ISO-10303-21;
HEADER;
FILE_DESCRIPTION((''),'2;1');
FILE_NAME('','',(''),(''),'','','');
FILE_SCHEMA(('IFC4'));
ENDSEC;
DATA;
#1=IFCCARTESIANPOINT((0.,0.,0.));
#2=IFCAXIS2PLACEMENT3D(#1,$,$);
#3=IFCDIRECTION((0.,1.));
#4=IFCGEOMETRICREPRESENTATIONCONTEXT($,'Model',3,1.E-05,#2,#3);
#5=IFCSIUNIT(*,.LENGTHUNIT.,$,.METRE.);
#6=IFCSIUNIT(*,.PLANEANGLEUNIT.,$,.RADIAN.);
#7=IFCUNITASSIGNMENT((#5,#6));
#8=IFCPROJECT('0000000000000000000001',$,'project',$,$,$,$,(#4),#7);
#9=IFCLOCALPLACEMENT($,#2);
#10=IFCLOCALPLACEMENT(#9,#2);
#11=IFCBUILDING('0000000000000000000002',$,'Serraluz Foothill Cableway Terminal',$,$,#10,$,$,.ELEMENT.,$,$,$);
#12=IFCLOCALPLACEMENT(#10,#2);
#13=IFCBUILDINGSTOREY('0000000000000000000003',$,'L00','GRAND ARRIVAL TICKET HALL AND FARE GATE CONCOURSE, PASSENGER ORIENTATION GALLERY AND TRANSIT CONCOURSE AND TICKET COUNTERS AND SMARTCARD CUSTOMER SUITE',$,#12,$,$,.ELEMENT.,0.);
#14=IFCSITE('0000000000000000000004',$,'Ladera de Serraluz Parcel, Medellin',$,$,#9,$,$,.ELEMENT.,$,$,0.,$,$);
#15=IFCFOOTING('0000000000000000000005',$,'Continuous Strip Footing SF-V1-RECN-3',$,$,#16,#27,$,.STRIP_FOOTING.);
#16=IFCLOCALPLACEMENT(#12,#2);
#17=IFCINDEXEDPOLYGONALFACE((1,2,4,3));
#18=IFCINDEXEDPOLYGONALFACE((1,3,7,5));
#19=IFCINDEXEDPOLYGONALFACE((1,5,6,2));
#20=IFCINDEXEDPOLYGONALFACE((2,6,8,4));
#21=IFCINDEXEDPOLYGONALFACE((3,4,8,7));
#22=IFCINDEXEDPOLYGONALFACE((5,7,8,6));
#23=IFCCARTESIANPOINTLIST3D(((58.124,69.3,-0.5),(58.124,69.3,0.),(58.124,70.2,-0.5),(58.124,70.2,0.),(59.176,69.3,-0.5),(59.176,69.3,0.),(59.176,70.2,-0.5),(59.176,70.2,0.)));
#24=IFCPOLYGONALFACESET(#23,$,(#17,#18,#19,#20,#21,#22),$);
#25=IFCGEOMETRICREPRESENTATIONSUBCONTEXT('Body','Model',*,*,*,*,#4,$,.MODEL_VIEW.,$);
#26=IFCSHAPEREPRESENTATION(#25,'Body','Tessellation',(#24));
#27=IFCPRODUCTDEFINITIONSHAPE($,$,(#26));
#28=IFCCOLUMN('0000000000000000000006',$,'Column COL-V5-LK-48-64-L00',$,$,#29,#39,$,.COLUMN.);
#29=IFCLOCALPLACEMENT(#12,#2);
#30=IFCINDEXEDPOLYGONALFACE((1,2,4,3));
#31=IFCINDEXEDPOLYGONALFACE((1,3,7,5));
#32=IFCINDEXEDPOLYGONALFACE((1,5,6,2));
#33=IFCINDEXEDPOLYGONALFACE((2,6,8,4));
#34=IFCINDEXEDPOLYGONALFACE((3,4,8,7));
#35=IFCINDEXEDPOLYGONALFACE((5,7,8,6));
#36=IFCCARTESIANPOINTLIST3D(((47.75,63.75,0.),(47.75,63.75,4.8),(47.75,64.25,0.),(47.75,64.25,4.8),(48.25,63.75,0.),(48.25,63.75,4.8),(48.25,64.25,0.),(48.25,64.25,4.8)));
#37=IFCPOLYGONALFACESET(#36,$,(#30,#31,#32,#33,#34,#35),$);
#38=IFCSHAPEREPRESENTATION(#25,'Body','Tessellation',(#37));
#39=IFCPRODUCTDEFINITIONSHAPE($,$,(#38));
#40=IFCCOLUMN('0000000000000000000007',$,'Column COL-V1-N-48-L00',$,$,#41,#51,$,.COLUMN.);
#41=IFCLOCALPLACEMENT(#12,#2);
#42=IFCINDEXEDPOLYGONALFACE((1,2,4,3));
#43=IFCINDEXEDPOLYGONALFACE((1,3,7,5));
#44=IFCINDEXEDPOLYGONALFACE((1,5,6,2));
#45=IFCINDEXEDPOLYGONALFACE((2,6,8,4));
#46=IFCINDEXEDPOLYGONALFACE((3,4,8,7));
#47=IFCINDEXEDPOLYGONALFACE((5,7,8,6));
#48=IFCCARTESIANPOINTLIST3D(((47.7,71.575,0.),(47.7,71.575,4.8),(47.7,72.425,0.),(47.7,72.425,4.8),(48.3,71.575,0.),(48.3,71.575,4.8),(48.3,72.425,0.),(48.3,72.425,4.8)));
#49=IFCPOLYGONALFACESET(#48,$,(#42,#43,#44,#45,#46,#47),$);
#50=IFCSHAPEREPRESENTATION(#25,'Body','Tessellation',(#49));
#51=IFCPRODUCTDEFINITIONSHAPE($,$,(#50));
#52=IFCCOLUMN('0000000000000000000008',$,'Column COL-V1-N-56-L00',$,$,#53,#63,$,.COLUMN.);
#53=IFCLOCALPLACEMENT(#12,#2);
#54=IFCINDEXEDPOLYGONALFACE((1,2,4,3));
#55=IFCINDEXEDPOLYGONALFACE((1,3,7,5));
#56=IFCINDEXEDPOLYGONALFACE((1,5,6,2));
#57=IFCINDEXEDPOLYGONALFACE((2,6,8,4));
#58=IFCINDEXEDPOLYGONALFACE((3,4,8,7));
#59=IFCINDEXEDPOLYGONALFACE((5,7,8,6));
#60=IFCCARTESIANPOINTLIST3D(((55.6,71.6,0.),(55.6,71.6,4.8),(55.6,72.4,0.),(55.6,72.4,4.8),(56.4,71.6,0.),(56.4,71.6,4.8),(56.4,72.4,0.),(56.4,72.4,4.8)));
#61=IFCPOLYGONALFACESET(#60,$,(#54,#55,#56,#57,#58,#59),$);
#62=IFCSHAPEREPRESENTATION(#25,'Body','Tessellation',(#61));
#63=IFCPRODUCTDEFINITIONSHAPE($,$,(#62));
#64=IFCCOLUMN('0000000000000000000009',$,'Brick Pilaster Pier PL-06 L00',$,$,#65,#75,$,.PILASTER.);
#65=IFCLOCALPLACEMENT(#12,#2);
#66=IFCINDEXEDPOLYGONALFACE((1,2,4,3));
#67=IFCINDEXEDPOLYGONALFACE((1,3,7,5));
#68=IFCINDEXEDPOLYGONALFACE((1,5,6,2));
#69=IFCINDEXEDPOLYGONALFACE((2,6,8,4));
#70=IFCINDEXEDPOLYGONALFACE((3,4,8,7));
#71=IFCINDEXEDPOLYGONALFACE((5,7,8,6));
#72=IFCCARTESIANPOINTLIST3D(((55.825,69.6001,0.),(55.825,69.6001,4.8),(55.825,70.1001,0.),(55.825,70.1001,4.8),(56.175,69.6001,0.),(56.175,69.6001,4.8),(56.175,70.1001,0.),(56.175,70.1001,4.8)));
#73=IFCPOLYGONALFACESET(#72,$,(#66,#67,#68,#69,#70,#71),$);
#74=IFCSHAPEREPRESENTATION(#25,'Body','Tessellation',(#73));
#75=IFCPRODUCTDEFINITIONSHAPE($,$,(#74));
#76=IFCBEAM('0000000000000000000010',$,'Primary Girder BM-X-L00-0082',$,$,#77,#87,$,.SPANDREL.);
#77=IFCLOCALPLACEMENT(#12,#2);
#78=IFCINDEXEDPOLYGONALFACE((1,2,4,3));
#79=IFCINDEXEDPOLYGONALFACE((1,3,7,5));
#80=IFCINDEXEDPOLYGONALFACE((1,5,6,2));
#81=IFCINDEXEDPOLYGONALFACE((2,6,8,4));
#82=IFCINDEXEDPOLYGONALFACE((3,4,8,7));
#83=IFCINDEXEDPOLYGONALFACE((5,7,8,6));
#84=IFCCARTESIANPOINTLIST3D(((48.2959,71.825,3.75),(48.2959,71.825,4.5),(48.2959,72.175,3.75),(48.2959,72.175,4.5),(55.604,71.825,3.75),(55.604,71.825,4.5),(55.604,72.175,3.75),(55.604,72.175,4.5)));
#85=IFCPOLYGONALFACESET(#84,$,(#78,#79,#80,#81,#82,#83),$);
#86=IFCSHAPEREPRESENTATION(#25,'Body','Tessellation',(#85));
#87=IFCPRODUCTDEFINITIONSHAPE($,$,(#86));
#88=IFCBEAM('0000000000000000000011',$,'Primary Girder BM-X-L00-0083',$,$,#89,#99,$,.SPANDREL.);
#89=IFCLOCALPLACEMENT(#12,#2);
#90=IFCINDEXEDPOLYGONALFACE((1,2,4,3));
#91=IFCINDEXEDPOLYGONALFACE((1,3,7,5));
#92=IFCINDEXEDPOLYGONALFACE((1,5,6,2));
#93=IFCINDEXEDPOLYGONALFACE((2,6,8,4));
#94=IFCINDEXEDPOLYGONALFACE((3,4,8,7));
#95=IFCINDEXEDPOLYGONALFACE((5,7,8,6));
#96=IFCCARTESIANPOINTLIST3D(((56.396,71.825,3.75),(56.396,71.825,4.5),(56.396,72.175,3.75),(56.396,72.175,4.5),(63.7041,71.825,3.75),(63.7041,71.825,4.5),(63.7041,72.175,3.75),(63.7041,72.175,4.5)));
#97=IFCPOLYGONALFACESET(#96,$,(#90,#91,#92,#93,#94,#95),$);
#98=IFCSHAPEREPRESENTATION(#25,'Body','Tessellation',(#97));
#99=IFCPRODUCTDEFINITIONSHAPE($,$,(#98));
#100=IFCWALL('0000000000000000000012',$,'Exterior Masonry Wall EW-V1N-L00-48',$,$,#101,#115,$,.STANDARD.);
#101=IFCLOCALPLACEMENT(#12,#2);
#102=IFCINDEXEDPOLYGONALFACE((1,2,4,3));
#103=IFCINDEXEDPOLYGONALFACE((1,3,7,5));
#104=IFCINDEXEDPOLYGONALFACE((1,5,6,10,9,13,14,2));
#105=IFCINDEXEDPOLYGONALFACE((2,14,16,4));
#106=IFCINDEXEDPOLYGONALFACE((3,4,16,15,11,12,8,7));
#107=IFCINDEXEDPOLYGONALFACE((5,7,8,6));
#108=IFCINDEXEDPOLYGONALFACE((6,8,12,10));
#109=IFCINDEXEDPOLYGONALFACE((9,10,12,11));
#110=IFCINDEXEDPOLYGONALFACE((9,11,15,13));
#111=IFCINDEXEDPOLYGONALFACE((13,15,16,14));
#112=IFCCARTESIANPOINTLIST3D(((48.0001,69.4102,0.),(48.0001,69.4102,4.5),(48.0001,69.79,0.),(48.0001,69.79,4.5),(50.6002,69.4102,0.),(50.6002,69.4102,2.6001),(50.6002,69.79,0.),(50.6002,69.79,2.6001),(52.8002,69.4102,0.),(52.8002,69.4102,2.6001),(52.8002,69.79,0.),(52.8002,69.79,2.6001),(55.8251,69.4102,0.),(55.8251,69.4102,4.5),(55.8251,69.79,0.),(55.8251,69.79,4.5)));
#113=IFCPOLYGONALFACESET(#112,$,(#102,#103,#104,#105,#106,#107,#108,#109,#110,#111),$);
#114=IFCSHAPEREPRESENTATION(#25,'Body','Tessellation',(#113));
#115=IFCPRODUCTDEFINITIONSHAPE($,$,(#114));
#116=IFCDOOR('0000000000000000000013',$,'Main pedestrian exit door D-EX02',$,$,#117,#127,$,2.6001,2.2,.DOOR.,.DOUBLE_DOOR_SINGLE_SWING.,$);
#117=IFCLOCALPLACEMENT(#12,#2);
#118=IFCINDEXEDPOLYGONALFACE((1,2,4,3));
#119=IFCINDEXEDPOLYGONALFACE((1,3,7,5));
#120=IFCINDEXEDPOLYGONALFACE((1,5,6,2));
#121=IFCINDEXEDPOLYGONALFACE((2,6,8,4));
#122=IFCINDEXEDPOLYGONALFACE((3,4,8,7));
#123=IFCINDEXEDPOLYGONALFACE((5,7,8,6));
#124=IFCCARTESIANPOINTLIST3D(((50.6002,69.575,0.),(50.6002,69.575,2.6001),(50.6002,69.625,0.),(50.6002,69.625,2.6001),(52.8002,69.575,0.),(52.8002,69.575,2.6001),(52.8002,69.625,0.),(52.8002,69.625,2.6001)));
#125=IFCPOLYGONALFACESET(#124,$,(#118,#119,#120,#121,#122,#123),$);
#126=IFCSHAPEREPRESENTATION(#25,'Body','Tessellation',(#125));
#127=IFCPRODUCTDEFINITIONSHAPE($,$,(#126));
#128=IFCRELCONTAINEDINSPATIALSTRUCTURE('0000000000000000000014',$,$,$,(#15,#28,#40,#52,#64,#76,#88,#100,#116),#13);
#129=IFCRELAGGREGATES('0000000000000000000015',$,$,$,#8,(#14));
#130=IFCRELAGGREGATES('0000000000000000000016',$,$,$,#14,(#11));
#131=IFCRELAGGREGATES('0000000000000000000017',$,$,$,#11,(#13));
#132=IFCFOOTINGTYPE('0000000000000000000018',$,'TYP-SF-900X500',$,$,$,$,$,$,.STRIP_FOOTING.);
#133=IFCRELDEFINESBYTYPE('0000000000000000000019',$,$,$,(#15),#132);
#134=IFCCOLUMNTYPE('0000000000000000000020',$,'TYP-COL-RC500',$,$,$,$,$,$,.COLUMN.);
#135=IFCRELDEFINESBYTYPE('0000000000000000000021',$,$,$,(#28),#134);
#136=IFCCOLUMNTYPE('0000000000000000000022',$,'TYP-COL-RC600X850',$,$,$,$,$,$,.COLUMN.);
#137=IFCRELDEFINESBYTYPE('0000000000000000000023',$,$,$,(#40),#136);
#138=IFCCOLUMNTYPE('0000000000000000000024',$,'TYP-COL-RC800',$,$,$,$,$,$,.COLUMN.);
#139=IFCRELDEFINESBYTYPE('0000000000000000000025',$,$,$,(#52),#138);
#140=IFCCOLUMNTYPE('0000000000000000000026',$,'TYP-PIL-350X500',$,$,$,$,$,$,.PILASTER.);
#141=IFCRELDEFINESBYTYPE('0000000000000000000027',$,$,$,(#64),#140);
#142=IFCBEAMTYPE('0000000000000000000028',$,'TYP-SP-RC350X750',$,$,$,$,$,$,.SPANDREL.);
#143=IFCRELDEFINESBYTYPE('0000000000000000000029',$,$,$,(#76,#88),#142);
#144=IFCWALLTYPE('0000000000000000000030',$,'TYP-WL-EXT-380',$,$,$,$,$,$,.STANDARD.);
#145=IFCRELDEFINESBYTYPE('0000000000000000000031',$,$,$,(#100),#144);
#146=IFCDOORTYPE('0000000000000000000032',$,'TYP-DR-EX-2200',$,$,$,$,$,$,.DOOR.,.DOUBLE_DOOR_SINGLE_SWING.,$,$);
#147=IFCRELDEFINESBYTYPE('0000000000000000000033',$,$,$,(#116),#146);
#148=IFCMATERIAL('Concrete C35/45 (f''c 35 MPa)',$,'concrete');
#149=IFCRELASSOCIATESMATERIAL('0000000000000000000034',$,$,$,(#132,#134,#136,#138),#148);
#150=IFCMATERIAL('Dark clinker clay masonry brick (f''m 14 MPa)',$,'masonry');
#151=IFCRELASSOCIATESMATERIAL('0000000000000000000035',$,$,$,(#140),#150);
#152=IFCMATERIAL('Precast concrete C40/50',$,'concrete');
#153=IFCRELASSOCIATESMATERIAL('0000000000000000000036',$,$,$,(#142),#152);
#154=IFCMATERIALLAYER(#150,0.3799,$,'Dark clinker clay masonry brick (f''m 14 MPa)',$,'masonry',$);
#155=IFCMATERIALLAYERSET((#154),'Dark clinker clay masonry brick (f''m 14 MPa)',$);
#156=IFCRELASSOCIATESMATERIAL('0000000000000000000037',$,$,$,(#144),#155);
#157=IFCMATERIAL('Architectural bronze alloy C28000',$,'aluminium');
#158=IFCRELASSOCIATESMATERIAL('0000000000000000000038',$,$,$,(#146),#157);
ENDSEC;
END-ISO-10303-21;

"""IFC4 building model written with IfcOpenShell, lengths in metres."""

from ifc_helpers import new_model, si_unit, direction, frame, frame_2d, origin, origin_2d, place, context, subcontext, project, spatial, rectangle, extrude, material, layer, layer_set, material_profile, profile_set, type_object, element, fill, save


model = new_model("IFC4")

# Units and contexts
model_context = context("Model", 3, precision=1e-05, world=origin(), true_north=direction((0.0, 1.0)))
body_context = subcontext(model_context, "Body", "Model", "MODEL_VIEW")
ifc_project = project(units=[si_unit("LENGTHUNIT", "METRE"), si_unit("PLANEANGLEUNIT", "RADIAN")], contexts=[model_context])

# Site, building, storey
site_placement = place(None, origin())
site = spatial("IfcSite", under=ifc_project, at=site_placement, Name="Ladera de Serraluz Parcel, Medellin", CompositionType="ELEMENT", RefElevation=0.0)
building_placement = place(site_placement, origin())
building = spatial("IfcBuilding", under=site, at=building_placement, Name="Serraluz Foothill Cableway Terminal", CompositionType="ELEMENT")
storey_placement = place(building_placement, origin())
storey = spatial("IfcBuildingStorey", under=building, at=storey_placement, Name="L00", Description="GRAND ARRIVAL TICKET HALL AND FARE GATE CONCOURSE, PASSENGER ORIENTATION GALLERY AND TRANSIT CONCOURSE AND TICKET COUNTERS AND SMARTCARD CUSTOMER SUITE", CompositionType="ELEMENT", Elevation=0.0)

# Shared definitions
ifc_material_1 = material(Name="Concrete C35/45 (f'c 35 MPa)", Category="concrete")

# Footing
ifc_material_profile_1 = material_profile(ifc_material_1, rectangle(XDim=0.8999, YDim=0.5, at=origin_2d()), Name="SF 900x500")
ifc_profile_set_1 = profile_set([ifc_material_profile_1], Name="Concrete C35/45 (f'c 35 MPa)")
footing_type_1 = type_object("IfcFootingType", Name="TYP-SF-900X500", PredefinedType="STRIP_FOOTING", material=ifc_profile_set_1)
footing_1_placement = place(storey_placement, frame((58.124, 69.75, -0.25), z_axis=(1.0, 0.0, 0.0), x_axis=(0.0, 1.0, 0.0)))
element("IfcFooting", 1, at=footing_1_placement, inside=storey, type_object=footing_type_1, Name="Continuous Strip Footing SF-V1-RECN-3", PredefinedType="STRIP_FOOTING", context=body_context, shape_type="SweptSolid", body=[
    extrude(rectangle(XDim=0.8999, YDim=0.5, at=origin_2d()), origin(), (0.0, 0.0, 1.0), 1.052),
])

# Columns
ifc_material_profile_2 = material_profile(ifc_material_1, rectangle(XDim=0.5, YDim=0.5, at=origin_2d()), Name="RC 500x500")
ifc_profile_set_2 = profile_set([ifc_material_profile_2], Name="Concrete C35/45 (f'c 35 MPa)")
column_type_1 = type_object("IfcColumnType", Name="TYP-COL-RC500", PredefinedType="COLUMN", material=ifc_profile_set_2)
column_1_placement = place(storey_placement, frame((48.0, 64.0, 0.0), z_axis=(0.0, 0.0, 1.0), x_axis=(1.0, 0.0, 0.0)))
element("IfcColumn", 2, at=column_1_placement, inside=storey, type_object=column_type_1, Name="Column COL-V5-LK-48-64-L00", PredefinedType="COLUMN", context=body_context, shape_type="SweptSolid", body=[
    extrude(rectangle(XDim=0.5, YDim=0.5, at=origin_2d()), origin(), (0.0, 0.0, 1.0), 4.8),
])
ifc_material_profile_3 = material_profile(ifc_material_1, rectangle(XDim=0.6001, YDim=0.8501, at=origin_2d()), Name="RC 600x850")
ifc_profile_set_3 = profile_set([ifc_material_profile_3], Name="Concrete C35/45 (f'c 35 MPa)")
column_type_2 = type_object("IfcColumnType", Name="TYP-COL-RC600X850", PredefinedType="COLUMN", material=ifc_profile_set_3)
column_2_placement = place(storey_placement, frame((48.0, 72.0, 0.0), z_axis=(0.0, 0.0, 1.0), x_axis=(1.0, 0.0, 0.0)))
element("IfcColumn", 3, at=column_2_placement, inside=storey, type_object=column_type_2, Name="Column COL-V1-N-48-L00", PredefinedType="COLUMN", context=body_context, shape_type="SweptSolid", body=[
    extrude(rectangle(XDim=0.6001, YDim=0.8501, at=origin_2d()), origin(), (0.0, 0.0, 1.0), 4.8),
])
ifc_material_profile_4 = material_profile(ifc_material_1, rectangle(XDim=0.8, YDim=0.8, at=origin_2d()), Name="RC 800x800")
ifc_profile_set_4 = profile_set([ifc_material_profile_4], Name="Concrete C35/45 (f'c 35 MPa)")
column_type_3 = type_object("IfcColumnType", Name="TYP-COL-RC800", PredefinedType="COLUMN", material=ifc_profile_set_4)
column_3_placement = place(storey_placement, frame((56.0, 72.0, 0.0), z_axis=(0.0, 0.0, 1.0), x_axis=(1.0, 0.0, 0.0)))
element("IfcColumn", 4, at=column_3_placement, inside=storey, type_object=column_type_3, Name="Column COL-V1-N-56-L00", PredefinedType="COLUMN", context=body_context, shape_type="SweptSolid", body=[
    extrude(rectangle(XDim=0.8, YDim=0.8, at=origin_2d()), origin(), (0.0, 0.0, 1.0), 4.8),
])
ifc_material_2 = material(Name="Dark clinker clay masonry brick (f'm 14 MPa)", Category="masonry")
ifc_material_profile_5 = material_profile(ifc_material_2, rectangle(XDim=0.3501, YDim=0.5, at=origin_2d()), Name="PIL 350x500")
ifc_profile_set_5 = profile_set([ifc_material_profile_5], Name="Dark clinker clay masonry brick (f'm 14 MPa)")
column_type_4 = type_object("IfcColumnType", Name="TYP-PIL-350X500", PredefinedType="PILASTER", material=ifc_profile_set_5)
column_4_placement = place(storey_placement, frame((56.0, 69.8501, 0.0), z_axis=(0.0, 0.0, 1.0), x_axis=(1.0, 0.0, 0.0)))
element("IfcColumn", 5, at=column_4_placement, inside=storey, type_object=column_type_4, Name="Brick Pilaster Pier PL-06 L00", PredefinedType="PILASTER", context=body_context, shape_type="SweptSolid", body=[
    extrude(rectangle(XDim=0.3501, YDim=0.5, at=origin_2d()), origin(), (0.0, 0.0, 1.0), 4.8),
])

# Beams
ifc_material_3 = material(Name="Precast concrete C40/50", Category="concrete")
ifc_material_profile_6 = material_profile(ifc_material_3, rectangle(XDim=0.3501, YDim=0.75, at=origin_2d()), Name="RC SP 350x750")
ifc_profile_set_6 = profile_set([ifc_material_profile_6], Name="Precast concrete C40/50")
beam_type = type_object("IfcBeamType", Name="TYP-SP-RC350X750", PredefinedType="SPANDREL", material=ifc_profile_set_6)
for number, where, z_axis, x_axis, name in (
    (6, (48.2959, 72.0, 4.125), (1.0, 0.0, 0.0), (0.0, 1.0, 0.0), "Primary Girder BM-X-L00-0082"),
    (7, (56.396, 72.0, 4.125), (1.0, 0.0, 0.0), (0.0, 1.0, 0.0), "Primary Girder BM-X-L00-0083"),
):
    element("IfcBeam", number, at=place(storey_placement, frame(where, z_axis=z_axis, x_axis=x_axis)), inside=storey, type_object=beam_type, Name=name, PredefinedType="SPANDREL", context=body_context, shape_type="SweptSolid", body=[
        extrude(rectangle(XDim=0.3501, YDim=0.75, at=origin_2d()), origin(), (0.0, 0.0, 1.0), 7.3081),
    ])

# Wall, opening, door
ifc_layer_1 = layer(ifc_material_2, 0.3799, Name="Dark clinker clay masonry brick (f'm 14 MPa)", Category="masonry")
ifc_layer_set_1 = layer_set([ifc_layer_1], Name="Dark clinker clay masonry brick (f'm 14 MPa)")
wall_type = type_object("IfcWallType", Name="TYP-WL-EXT-380", PredefinedType="STANDARD", material=ifc_layer_set_1)
wall_1_placement = place(storey_placement, frame((48.0, 69.6001, 0.0), z_axis=(0.0, 0.0, 1.0), x_axis=(1.0, 0.0, 0.0)))
wall_1 = element("IfcWall", 8, at=wall_1_placement, inside=storey, type_object=wall_type, Name="Exterior Masonry Wall EW-V1N-L00-48", PredefinedType="STANDARD", context=body_context, shape_type="SweptSolid", body=[
    extrude(rectangle(XDim=7.825, YDim=0.3799, at=frame_2d((3.9126, 0.0))), origin(), (0.0, 0.0, 1.0), 4.5),
])
opening_1_placement = place(wall_1_placement, frame((2.6001, 0.0, 0.0)))
opening_1 = element("IfcOpeningElement", 9, at=opening_1_placement, cuts=wall_1, PredefinedType="OPENING", context=body_context, shape_type="SweptSolid", body=[
    extrude(rectangle(XDim=2.2, YDim=2.6001, at=frame_2d((1.1001, 1.3))), frame((0.0, 0.2, 0.0), z_axis=(0.0, -1.0, 0.0), x_axis=(1.0, 0.0, 0.0)), (0.0, 0.0, 1.0), 0.3999),
])
ifc_material_4 = material(Name="Architectural bronze alloy C28000", Category="aluminium")
door_type = type_object("IfcDoorType", Name="TYP-DR-EX-2200", OperationType="DOUBLE_DOOR_SINGLE_SWING", PredefinedType="DOOR", material=ifc_material_4)
door_placement = place(opening_1_placement, origin())
door = element("IfcDoor", 10, at=door_placement, inside=storey, type_object=door_type, Name="Main pedestrian exit door D-EX02", OperationType="DOUBLE_DOOR_SINGLE_SWING", OverallHeight=2.6001, OverallWidth=2.2, PredefinedType="DOOR", context=body_context, shape_type="SweptSolid", body=[
    extrude(rectangle(XDim=2.2, YDim=2.6001, at=frame_2d((1.1001, 1.3))), frame((0.0, 0.0249, 0.0), z_axis=(0.0, -1.0, 0.0), x_axis=(1.0, 0.0, 0.0)), (0.0, 0.0, 1.0), 0.05),
])
fill(opening_1, door)

save(model, "model.ifc")
